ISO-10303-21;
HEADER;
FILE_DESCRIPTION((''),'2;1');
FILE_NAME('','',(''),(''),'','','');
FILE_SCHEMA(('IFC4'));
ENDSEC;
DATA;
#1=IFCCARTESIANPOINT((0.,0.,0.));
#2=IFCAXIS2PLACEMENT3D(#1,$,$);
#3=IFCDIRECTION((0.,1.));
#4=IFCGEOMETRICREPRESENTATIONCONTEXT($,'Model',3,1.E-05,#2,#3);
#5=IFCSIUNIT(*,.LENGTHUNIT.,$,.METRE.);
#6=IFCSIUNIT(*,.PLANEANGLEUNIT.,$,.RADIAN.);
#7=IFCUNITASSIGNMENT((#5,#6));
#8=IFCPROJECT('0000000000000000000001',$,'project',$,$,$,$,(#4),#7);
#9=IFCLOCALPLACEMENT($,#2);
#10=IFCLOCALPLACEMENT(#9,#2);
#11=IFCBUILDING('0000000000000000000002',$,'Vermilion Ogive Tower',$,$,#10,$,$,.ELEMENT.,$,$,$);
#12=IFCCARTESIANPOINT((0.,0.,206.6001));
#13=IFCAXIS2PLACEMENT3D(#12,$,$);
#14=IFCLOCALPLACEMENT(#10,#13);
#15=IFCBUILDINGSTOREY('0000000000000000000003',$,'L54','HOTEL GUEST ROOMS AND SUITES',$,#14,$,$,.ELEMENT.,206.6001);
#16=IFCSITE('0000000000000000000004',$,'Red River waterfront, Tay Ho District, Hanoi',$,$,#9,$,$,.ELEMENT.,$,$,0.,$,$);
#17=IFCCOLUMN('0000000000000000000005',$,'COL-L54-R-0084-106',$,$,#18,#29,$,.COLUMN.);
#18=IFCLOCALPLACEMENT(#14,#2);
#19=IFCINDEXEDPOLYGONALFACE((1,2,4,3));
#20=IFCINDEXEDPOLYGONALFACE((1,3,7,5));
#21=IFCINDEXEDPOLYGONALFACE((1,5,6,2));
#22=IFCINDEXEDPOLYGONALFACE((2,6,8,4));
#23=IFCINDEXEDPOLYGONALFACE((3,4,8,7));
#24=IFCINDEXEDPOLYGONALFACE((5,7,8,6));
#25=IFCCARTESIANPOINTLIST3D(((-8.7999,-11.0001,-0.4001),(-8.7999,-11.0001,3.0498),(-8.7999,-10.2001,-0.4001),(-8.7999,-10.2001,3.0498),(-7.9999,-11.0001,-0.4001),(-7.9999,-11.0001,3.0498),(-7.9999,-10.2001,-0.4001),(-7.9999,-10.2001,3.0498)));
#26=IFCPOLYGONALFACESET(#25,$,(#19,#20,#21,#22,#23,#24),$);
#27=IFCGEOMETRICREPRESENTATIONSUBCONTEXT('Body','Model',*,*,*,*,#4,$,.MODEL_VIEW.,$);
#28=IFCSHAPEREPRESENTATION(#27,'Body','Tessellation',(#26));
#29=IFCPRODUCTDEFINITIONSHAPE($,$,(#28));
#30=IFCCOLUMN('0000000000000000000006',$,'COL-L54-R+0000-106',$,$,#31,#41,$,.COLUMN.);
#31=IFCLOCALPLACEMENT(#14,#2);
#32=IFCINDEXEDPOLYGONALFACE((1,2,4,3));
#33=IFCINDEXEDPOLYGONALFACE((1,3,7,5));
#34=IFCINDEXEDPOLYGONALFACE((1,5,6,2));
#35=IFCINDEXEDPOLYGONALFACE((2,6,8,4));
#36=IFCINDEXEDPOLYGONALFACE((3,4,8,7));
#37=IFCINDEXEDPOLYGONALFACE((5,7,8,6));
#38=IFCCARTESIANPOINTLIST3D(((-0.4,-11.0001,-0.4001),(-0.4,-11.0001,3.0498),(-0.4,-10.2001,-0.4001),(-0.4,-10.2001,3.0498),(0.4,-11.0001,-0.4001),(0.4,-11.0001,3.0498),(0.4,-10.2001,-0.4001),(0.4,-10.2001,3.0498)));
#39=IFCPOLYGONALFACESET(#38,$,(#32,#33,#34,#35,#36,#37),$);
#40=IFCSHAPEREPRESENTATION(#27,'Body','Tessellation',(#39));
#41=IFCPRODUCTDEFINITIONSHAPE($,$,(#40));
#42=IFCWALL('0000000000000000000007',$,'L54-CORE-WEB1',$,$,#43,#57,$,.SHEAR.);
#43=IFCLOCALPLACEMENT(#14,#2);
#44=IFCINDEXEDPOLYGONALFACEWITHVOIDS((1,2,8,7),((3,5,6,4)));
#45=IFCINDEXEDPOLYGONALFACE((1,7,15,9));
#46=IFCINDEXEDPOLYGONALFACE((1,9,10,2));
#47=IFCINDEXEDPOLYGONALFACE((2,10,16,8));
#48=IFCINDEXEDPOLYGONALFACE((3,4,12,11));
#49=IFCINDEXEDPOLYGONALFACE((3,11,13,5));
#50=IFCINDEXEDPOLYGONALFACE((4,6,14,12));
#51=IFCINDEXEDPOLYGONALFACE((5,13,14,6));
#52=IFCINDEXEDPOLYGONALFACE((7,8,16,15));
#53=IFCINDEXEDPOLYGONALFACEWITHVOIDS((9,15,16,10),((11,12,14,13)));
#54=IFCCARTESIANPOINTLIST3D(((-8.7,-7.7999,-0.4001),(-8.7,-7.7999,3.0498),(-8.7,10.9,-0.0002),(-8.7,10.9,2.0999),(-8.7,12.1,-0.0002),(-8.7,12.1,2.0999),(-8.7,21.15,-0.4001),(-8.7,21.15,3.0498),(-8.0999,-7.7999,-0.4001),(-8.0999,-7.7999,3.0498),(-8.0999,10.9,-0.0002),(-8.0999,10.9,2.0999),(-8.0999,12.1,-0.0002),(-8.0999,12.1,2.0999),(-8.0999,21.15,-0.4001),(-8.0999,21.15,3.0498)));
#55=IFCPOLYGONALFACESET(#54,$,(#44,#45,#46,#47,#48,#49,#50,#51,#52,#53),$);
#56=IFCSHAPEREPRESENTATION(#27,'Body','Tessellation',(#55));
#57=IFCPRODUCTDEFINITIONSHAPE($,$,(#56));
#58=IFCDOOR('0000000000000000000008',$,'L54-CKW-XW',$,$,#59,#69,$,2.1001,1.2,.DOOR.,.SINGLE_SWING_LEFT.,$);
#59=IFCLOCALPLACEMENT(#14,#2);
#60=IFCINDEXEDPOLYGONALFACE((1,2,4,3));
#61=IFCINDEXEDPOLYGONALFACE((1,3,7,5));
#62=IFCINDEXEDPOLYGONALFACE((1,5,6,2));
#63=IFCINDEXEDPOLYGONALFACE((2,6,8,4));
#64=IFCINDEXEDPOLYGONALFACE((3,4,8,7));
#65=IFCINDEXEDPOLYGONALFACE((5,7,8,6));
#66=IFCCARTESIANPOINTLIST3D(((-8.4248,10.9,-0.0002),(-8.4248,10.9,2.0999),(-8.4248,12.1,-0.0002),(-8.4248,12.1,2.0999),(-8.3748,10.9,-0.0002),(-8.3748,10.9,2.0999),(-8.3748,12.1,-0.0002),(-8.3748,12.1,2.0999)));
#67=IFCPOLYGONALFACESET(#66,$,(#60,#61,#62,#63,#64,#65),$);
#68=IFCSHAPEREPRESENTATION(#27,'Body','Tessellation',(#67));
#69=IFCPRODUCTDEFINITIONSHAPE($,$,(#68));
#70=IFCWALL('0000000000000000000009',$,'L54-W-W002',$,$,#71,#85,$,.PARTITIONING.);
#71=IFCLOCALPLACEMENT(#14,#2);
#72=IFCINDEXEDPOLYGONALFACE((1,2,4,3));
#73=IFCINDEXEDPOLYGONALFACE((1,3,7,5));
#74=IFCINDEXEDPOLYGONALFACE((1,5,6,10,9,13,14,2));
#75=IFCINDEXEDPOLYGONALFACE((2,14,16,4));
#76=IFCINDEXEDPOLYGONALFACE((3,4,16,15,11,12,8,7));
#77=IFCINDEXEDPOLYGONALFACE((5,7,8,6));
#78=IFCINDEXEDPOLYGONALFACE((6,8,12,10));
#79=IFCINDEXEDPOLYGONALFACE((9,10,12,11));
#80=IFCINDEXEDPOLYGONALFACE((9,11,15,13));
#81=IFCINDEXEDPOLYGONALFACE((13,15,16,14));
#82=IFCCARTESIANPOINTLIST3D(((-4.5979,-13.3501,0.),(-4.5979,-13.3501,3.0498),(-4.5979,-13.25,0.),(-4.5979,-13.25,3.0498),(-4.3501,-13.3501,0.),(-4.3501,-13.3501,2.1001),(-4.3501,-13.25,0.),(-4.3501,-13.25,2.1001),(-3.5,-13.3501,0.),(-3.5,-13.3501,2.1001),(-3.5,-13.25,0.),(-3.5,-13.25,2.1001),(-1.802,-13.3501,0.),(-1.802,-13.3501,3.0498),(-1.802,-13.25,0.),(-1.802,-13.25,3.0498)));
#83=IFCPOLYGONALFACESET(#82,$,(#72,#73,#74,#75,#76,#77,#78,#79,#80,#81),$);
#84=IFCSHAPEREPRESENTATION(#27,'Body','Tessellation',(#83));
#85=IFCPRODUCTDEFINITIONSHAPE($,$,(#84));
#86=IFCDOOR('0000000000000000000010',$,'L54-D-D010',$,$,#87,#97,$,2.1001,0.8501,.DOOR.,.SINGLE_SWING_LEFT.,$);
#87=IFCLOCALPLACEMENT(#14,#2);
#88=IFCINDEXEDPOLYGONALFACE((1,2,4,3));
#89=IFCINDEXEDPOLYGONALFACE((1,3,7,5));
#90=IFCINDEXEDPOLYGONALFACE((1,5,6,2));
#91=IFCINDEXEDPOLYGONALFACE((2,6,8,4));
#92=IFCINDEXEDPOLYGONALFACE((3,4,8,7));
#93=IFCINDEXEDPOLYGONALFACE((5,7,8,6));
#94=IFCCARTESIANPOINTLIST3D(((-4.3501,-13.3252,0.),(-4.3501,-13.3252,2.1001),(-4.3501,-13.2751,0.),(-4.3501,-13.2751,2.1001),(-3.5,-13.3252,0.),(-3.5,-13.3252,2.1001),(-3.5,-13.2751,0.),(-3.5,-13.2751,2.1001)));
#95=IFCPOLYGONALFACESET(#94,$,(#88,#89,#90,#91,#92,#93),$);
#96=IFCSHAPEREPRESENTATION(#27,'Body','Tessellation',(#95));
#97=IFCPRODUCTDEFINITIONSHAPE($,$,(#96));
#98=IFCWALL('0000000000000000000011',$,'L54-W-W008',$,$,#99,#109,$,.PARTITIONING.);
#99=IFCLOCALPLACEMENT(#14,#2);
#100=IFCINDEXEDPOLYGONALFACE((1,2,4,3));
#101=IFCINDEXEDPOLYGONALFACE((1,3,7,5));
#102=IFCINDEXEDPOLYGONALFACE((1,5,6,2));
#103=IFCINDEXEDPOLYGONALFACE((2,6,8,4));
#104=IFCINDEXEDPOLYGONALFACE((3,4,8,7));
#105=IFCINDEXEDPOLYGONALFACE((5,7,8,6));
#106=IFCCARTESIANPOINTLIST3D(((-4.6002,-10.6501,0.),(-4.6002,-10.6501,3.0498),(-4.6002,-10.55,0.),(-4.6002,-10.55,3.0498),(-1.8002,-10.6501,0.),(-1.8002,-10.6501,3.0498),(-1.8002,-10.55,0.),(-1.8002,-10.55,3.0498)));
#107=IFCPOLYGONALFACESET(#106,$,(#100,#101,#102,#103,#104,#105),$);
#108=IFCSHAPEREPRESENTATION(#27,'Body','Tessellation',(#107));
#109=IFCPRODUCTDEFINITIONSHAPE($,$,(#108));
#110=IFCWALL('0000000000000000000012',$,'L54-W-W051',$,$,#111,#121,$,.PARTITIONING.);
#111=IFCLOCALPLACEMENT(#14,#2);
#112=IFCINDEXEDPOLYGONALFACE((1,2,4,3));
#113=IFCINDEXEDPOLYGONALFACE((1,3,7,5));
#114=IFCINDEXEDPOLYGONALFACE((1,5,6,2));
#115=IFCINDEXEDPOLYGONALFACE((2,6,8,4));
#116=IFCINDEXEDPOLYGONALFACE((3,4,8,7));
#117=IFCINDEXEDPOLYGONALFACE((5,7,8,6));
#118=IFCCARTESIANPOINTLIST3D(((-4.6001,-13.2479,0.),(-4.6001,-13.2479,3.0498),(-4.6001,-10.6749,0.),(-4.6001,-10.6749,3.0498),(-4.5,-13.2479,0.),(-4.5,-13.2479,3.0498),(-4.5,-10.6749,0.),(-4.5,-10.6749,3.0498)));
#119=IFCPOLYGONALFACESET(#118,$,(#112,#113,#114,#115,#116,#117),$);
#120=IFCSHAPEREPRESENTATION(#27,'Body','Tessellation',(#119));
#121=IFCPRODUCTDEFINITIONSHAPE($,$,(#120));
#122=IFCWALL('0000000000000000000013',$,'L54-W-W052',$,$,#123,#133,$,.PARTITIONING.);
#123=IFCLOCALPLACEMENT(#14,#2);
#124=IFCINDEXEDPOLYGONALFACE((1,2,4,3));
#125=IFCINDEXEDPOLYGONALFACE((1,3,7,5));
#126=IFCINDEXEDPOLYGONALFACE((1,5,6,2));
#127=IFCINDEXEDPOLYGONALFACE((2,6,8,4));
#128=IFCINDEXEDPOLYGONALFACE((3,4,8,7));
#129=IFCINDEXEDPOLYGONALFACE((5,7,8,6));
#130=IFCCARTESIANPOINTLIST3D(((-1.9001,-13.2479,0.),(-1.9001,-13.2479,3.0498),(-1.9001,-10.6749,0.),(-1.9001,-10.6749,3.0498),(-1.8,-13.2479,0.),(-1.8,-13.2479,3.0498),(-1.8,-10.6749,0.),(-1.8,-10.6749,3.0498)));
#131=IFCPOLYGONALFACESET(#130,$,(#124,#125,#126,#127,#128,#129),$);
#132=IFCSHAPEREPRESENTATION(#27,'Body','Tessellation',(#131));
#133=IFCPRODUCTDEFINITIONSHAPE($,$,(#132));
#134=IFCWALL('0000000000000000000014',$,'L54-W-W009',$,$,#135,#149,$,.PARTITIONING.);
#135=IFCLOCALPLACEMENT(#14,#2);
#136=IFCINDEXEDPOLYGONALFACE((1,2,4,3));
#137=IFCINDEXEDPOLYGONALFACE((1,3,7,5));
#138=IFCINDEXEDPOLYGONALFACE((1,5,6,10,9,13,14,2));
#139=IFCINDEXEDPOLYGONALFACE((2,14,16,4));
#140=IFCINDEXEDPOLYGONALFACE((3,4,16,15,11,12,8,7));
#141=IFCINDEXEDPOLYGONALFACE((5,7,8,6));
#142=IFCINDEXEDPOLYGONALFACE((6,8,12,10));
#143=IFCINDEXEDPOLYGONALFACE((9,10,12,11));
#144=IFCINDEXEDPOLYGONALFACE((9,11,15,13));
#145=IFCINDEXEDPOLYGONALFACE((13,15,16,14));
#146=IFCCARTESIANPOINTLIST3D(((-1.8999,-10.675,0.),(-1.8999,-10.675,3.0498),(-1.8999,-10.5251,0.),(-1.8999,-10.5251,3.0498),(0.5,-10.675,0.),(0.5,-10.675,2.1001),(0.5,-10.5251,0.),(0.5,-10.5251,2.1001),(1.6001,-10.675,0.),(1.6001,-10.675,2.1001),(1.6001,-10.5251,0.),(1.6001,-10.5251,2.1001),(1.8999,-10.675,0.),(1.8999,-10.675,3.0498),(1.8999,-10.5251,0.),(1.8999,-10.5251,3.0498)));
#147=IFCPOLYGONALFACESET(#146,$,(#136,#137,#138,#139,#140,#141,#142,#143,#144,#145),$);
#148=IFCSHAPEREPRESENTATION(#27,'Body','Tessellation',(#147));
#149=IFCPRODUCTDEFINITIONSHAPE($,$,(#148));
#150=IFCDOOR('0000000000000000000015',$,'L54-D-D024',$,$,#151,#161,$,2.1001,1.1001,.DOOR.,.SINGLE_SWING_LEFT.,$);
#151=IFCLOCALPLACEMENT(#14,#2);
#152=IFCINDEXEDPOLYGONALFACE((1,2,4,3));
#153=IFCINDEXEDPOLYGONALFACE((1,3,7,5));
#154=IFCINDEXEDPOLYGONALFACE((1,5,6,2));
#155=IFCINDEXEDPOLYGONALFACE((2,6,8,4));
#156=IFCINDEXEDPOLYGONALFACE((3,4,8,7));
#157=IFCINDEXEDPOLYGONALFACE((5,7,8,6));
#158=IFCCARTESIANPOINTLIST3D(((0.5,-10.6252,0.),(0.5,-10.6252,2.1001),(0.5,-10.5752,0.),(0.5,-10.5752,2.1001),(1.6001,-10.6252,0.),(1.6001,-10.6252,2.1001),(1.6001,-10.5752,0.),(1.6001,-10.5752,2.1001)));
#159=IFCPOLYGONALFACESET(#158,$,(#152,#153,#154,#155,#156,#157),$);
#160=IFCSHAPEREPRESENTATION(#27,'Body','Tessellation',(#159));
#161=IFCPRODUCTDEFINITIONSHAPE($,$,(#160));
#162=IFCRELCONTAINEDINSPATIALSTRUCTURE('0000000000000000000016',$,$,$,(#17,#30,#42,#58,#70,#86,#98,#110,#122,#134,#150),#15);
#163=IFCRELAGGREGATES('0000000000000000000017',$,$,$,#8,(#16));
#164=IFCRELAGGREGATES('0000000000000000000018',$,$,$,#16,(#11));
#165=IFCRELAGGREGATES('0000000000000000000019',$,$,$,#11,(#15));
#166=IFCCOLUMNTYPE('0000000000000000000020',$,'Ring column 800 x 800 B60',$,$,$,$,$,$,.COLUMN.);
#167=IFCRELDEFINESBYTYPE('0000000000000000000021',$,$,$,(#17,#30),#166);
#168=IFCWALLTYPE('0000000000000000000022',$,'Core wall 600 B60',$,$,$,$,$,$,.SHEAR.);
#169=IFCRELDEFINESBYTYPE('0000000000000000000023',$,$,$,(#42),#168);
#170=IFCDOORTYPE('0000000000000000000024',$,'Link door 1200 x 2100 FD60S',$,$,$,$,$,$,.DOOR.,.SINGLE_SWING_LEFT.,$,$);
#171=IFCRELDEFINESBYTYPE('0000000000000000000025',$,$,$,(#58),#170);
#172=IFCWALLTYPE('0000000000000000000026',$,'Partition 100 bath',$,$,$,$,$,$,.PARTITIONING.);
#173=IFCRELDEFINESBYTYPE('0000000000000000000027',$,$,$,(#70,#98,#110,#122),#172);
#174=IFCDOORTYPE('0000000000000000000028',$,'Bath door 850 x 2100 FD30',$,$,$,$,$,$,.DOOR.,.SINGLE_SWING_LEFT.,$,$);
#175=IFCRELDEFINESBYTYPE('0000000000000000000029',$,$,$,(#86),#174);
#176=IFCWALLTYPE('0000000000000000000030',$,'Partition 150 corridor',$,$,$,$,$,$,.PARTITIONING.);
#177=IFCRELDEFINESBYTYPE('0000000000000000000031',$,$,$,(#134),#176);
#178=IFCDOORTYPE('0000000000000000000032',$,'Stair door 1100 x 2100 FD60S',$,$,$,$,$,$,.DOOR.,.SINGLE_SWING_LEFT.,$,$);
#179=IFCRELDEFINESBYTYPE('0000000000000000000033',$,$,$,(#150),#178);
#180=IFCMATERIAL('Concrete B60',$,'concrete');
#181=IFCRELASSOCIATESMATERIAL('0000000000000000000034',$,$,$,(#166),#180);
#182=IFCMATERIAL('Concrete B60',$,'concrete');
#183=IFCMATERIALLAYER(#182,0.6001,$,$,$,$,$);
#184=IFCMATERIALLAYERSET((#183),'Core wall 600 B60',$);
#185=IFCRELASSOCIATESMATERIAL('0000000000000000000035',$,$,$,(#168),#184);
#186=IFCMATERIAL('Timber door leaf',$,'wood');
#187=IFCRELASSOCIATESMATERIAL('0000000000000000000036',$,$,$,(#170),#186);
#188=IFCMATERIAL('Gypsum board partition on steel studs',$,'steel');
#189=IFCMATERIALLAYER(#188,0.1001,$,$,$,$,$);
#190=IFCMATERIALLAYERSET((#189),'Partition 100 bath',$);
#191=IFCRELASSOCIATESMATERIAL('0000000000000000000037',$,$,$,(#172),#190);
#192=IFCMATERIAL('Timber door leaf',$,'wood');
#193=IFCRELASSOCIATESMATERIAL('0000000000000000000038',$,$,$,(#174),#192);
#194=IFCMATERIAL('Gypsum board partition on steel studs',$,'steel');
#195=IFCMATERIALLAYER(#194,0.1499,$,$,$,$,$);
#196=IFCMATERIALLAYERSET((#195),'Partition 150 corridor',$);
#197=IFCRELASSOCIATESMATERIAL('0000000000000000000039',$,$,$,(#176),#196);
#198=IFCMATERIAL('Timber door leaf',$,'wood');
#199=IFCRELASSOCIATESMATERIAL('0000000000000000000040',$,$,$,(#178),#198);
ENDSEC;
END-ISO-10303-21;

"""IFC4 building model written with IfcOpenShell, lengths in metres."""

from ifc_helpers import new_model, si_unit, direction, frame, frame_2d, origin, origin_2d, place, context, subcontext, project, spatial, rectangle, extrude, material, layer, layer_set, material_profile, profile_set, type_object, element, fill, save


model = new_model("IFC4")

# Units and contexts
model_context = context("Model", 3, precision=1e-05, world=origin(), true_north=direction((0.0, 1.0)))
body_context = subcontext(model_context, "Body", "Model", "MODEL_VIEW")
ifc_project = project(units=[si_unit("LENGTHUNIT", "METRE"), si_unit("PLANEANGLEUNIT", "RADIAN")], contexts=[model_context])

# Site, building, storey
site_placement = place(None, origin())
site = spatial("IfcSite", under=ifc_project, at=site_placement, Name="Red River waterfront, Tay Ho District, Hanoi", CompositionType="ELEMENT", RefElevation=0.0)
building_placement = place(site_placement, origin())
building = spatial("IfcBuilding", under=site, at=building_placement, Name="Vermilion Ogive Tower", CompositionType="ELEMENT")
storey_placement = place(building_placement, frame((0.0, 0.0, 206.6001)))
storey = spatial("IfcBuildingStorey", under=building, at=storey_placement, Name="L54", Description="HOTEL GUEST ROOMS AND SUITES", CompositionType="ELEMENT", Elevation=206.6001)

# Columns
ifc_material_1 = material(Name="Concrete B60", Category="concrete")
ifc_material_profile = material_profile(ifc_material_1, rectangle(XDim=0.8, YDim=0.8, at=origin_2d()), Name="800 x 800")
ifc_profile_set = profile_set([ifc_material_profile], Name="Concrete B60")
column_type = type_object("IfcColumnType", Name="Ring column 800 x 800 B60", PredefinedType="COLUMN", material=ifc_profile_set)
for number, where, z_axis, x_axis, name in (
    (1, (-8.3999, -10.6001, -0.4001), (0.0, 0.0, 1.0), (1.0, 0.0, 0.0), "COL-L54-R-0084-106"),
    (2, (0.0, -10.6001, -0.4001), (0.0, 0.0, 1.0), (1.0, 0.0, 0.0), "COL-L54-R+0000-106"),
):
    element("IfcColumn", number, at=place(storey_placement, frame(where, z_axis=z_axis, x_axis=x_axis)), inside=storey, type_object=column_type, Name=name, PredefinedType="COLUMN", context=body_context, shape_type="SweptSolid", body=[
        extrude(rectangle(XDim=0.8, YDim=0.8, at=origin_2d()), origin(), (0.0, 0.0, 1.0), 3.45),
    ])

# Walls, openings, doors
ifc_material_2 = material(Name="Concrete B60", Category="concrete")
ifc_layer_1 = layer(ifc_material_2, 0.6001)
ifc_layer_set_1 = layer_set([ifc_layer_1], Name="Core wall 600 B60")
wall_type_1 = type_object("IfcWallType", Name="Core wall 600 B60", PredefinedType="SHEAR", material=ifc_layer_set_1)
wall_1_placement = place(storey_placement, frame((-8.3999, -7.8, -0.4001), z_axis=(0.0, 0.0, 1.0), x_axis=(0.0, 1.0, 0.0)))
wall_1 = element("IfcWall", 3, at=wall_1_placement, inside=storey, type_object=wall_type_1, Name="L54-CORE-WEB1", PredefinedType="SHEAR", context=body_context, shape_type="SweptSolid", body=[
    extrude(rectangle(XDim=28.95, YDim=0.6001, at=frame_2d((14.4751, 0.0))), origin(), (0.0, 0.0, 1.0), 3.45),
])
opening_1_placement = place(wall_1_placement, frame((18.7, 0.0, 0.3999)))
opening_1 = element("IfcOpeningElement", 4, at=opening_1_placement, cuts=wall_1, PredefinedType="OPENING", context=body_context, shape_type="SweptSolid", body=[
    extrude(rectangle(XDim=1.2, YDim=2.1001, at=frame_2d((0.6001, 1.05))), frame((0.0, 0.3101, 0.0), z_axis=(0.0, -1.0, 0.0), x_axis=(1.0, 0.0, 0.0)), (0.0, 0.0, 1.0), 0.6201),
])
ifc_material_3 = material(Name="Timber door leaf", Category="wood")
door_type_1 = type_object("IfcDoorType", Name="Link door 1200 x 2100 FD60S", OperationType="SINGLE_SWING_LEFT", PredefinedType="DOOR", material=ifc_material_3)
door_1_placement = place(opening_1_placement, origin())
door_1 = element("IfcDoor", 5, at=door_1_placement, inside=storey, type_object=door_type_1, Name="L54-CKW-XW", OperationType="SINGLE_SWING_LEFT", OverallHeight=2.1001, OverallWidth=1.2, PredefinedType="DOOR", context=body_context, shape_type="SweptSolid", body=[
    extrude(rectangle(XDim=1.2, YDim=2.1001, at=frame_2d((0.6001, 1.05))), frame((0.0, 0.0249, 0.0), z_axis=(0.0, -1.0, 0.0), x_axis=(1.0, 0.0, 0.0)), (0.0, 0.0, 1.0), 0.05),
])
fill(opening_1, door_1)
ifc_material_4 = material(Name="Gypsum board partition on steel studs", Category="steel")
ifc_layer_2 = layer(ifc_material_4, 0.1001)
ifc_layer_set_2 = layer_set([ifc_layer_2], Name="Partition 100 bath")
wall_type_2 = type_object("IfcWallType", Name="Partition 100 bath", PredefinedType="PARTITIONING", material=ifc_layer_set_2)
wall_2_placement = place(storey_placement, frame((-4.5979, -13.3, 0.0), z_axis=(0.0, 0.0, 1.0), x_axis=(1.0, 0.0, 0.0)))
wall_2 = element("IfcWall", 6, at=wall_2_placement, inside=storey, type_object=wall_type_2, Name="L54-W-W002", PredefinedType="PARTITIONING", context=body_context, shape_type="SweptSolid", body=[
    extrude(rectangle(XDim=2.7959, YDim=0.1001, at=frame_2d((1.3979, 0.0))), origin(), (0.0, 0.0, 1.0), 3.0498),
])
opening_2_placement = place(wall_2_placement, frame((0.2478, 0.0, 0.0)))
opening_2 = element("IfcOpeningElement", 7, at=opening_2_placement, cuts=wall_2, PredefinedType="OPENING", context=body_context, shape_type="SweptSolid", body=[
    extrude(rectangle(XDim=0.8501, YDim=2.1001, at=frame_2d((0.425, 1.05))), frame((0.0, 0.0601, 0.0), z_axis=(0.0, -1.0, 0.0), x_axis=(1.0, 0.0, 0.0)), (0.0, 0.0, 1.0), 0.1201),
])
ifc_material_5 = material(Name="Timber door leaf", Category="wood")
door_type_2 = type_object("IfcDoorType", Name="Bath door 850 x 2100 FD30", OperationType="SINGLE_SWING_LEFT", PredefinedType="DOOR", material=ifc_material_5)
door_2_placement = place(opening_2_placement, origin())
door_2 = element("IfcDoor", 8, at=door_2_placement, inside=storey, type_object=door_type_2, Name="L54-D-D010", OperationType="SINGLE_SWING_LEFT", OverallHeight=2.1001, OverallWidth=0.8501, PredefinedType="DOOR", context=body_context, shape_type="SweptSolid", body=[
    extrude(rectangle(XDim=0.8501, YDim=2.1001, at=frame_2d((0.425, 1.05))), frame((0.0, 0.0249, 0.0), z_axis=(0.0, -1.0, 0.0), x_axis=(1.0, 0.0, 0.0)), (0.0, 0.0, 1.0), 0.05),
])
fill(opening_2, door_2)

# Walls
wall_3_placement = place(storey_placement, frame((-4.6001, -10.6001, 0.0), z_axis=(0.0, 0.0, 1.0), x_axis=(1.0, 0.0, 0.0)))
element("IfcWall", 9, at=wall_3_placement, inside=storey, type_object=wall_type_2, Name="L54-W-W008", PredefinedType="PARTITIONING", context=body_context, shape_type="SweptSolid", body=[
    extrude(rectangle(XDim=2.8, YDim=0.1001, at=frame_2d((1.3999, 0.0))), origin(), (0.0, 0.0, 1.0), 3.0498),
])
for number, where, z_axis, x_axis, name in (
    (10, (-4.55, -13.248, 0.0), (0.0, 0.0, 1.0), (0.0, 1.0, 0.0), "L54-W-W051"),
    (11, (-1.8501, -13.248, 0.0), (0.0, 0.0, 1.0), (0.0, 1.0, 0.0), "L54-W-W052"),
):
    element("IfcWall", number, at=place(storey_placement, frame(where, z_axis=z_axis, x_axis=x_axis)), inside=storey, type_object=wall_type_2, Name=name, PredefinedType="PARTITIONING", context=body_context, shape_type="SweptSolid", body=[
        extrude(rectangle(XDim=2.573, YDim=0.1001, at=frame_2d((1.2866, 0.0))), origin(), (0.0, 0.0, 1.0), 3.0498),
    ])

# Wall, opening, door
ifc_material_6 = material(Name="Gypsum board partition on steel studs", Category="steel")
ifc_layer_3 = layer(ifc_material_6, 0.1499)
ifc_layer_set_3 = layer_set([ifc_layer_3], Name="Partition 150 corridor")
wall_type_3 = type_object("IfcWallType", Name="Partition 150 corridor", PredefinedType="PARTITIONING", material=ifc_layer_set_3)
wall_4_placement = place(storey_placement, frame((-1.8999, -10.6001, 0.0), z_axis=(0.0, 0.0, 1.0), x_axis=(1.0, 0.0, 0.0)))
wall_4 = element("IfcWall", 12, at=wall_4_placement, inside=storey, type_object=wall_type_3, Name="L54-W-W009", PredefinedType="PARTITIONING", context=body_context, shape_type="SweptSolid", body=[
    extrude(rectangle(XDim=3.7998, YDim=0.1499, at=frame_2d((1.8999, 0.0))), origin(), (0.0, 0.0, 1.0), 3.0498),
])
opening_3_placement = place(wall_4_placement, frame((2.3999, 0.0, 0.0)))
opening_3 = element("IfcOpeningElement", 13, at=opening_3_placement, cuts=wall_4, PredefinedType="OPENING", context=body_context, shape_type="SweptSolid", body=[
    extrude(rectangle(XDim=1.1001, YDim=2.1001, at=frame_2d((0.55, 1.05))), frame((0.0, 0.085, 0.0), z_axis=(0.0, -1.0, 0.0), x_axis=(1.0, 0.0, 0.0)), (0.0, 0.0, 1.0), 0.1699),
])
ifc_material_7 = material(Name="Timber door leaf", Category="wood")
door_type_3 = type_object("IfcDoorType", Name="Stair door 1100 x 2100 FD60S", OperationType="SINGLE_SWING_LEFT", PredefinedType="DOOR", material=ifc_material_7)
door_3_placement = place(opening_3_placement, origin())
door_3 = element("IfcDoor", 14, at=door_3_placement, inside=storey, type_object=door_type_3, Name="L54-D-D024", OperationType="SINGLE_SWING_LEFT", OverallHeight=2.1001, OverallWidth=1.1001, PredefinedType="DOOR", context=body_context, shape_type="SweptSolid", body=[
    extrude(rectangle(XDim=1.1001, YDim=2.1001, at=frame_2d((0.55, 1.05))), frame((0.0, 0.0249, 0.0), z_axis=(0.0, -1.0, 0.0), x_axis=(1.0, 0.0, 0.0)), (0.0, 0.0, 1.0), 0.05),
])
fill(opening_3, door_3)

save(model, "model.ifc")
